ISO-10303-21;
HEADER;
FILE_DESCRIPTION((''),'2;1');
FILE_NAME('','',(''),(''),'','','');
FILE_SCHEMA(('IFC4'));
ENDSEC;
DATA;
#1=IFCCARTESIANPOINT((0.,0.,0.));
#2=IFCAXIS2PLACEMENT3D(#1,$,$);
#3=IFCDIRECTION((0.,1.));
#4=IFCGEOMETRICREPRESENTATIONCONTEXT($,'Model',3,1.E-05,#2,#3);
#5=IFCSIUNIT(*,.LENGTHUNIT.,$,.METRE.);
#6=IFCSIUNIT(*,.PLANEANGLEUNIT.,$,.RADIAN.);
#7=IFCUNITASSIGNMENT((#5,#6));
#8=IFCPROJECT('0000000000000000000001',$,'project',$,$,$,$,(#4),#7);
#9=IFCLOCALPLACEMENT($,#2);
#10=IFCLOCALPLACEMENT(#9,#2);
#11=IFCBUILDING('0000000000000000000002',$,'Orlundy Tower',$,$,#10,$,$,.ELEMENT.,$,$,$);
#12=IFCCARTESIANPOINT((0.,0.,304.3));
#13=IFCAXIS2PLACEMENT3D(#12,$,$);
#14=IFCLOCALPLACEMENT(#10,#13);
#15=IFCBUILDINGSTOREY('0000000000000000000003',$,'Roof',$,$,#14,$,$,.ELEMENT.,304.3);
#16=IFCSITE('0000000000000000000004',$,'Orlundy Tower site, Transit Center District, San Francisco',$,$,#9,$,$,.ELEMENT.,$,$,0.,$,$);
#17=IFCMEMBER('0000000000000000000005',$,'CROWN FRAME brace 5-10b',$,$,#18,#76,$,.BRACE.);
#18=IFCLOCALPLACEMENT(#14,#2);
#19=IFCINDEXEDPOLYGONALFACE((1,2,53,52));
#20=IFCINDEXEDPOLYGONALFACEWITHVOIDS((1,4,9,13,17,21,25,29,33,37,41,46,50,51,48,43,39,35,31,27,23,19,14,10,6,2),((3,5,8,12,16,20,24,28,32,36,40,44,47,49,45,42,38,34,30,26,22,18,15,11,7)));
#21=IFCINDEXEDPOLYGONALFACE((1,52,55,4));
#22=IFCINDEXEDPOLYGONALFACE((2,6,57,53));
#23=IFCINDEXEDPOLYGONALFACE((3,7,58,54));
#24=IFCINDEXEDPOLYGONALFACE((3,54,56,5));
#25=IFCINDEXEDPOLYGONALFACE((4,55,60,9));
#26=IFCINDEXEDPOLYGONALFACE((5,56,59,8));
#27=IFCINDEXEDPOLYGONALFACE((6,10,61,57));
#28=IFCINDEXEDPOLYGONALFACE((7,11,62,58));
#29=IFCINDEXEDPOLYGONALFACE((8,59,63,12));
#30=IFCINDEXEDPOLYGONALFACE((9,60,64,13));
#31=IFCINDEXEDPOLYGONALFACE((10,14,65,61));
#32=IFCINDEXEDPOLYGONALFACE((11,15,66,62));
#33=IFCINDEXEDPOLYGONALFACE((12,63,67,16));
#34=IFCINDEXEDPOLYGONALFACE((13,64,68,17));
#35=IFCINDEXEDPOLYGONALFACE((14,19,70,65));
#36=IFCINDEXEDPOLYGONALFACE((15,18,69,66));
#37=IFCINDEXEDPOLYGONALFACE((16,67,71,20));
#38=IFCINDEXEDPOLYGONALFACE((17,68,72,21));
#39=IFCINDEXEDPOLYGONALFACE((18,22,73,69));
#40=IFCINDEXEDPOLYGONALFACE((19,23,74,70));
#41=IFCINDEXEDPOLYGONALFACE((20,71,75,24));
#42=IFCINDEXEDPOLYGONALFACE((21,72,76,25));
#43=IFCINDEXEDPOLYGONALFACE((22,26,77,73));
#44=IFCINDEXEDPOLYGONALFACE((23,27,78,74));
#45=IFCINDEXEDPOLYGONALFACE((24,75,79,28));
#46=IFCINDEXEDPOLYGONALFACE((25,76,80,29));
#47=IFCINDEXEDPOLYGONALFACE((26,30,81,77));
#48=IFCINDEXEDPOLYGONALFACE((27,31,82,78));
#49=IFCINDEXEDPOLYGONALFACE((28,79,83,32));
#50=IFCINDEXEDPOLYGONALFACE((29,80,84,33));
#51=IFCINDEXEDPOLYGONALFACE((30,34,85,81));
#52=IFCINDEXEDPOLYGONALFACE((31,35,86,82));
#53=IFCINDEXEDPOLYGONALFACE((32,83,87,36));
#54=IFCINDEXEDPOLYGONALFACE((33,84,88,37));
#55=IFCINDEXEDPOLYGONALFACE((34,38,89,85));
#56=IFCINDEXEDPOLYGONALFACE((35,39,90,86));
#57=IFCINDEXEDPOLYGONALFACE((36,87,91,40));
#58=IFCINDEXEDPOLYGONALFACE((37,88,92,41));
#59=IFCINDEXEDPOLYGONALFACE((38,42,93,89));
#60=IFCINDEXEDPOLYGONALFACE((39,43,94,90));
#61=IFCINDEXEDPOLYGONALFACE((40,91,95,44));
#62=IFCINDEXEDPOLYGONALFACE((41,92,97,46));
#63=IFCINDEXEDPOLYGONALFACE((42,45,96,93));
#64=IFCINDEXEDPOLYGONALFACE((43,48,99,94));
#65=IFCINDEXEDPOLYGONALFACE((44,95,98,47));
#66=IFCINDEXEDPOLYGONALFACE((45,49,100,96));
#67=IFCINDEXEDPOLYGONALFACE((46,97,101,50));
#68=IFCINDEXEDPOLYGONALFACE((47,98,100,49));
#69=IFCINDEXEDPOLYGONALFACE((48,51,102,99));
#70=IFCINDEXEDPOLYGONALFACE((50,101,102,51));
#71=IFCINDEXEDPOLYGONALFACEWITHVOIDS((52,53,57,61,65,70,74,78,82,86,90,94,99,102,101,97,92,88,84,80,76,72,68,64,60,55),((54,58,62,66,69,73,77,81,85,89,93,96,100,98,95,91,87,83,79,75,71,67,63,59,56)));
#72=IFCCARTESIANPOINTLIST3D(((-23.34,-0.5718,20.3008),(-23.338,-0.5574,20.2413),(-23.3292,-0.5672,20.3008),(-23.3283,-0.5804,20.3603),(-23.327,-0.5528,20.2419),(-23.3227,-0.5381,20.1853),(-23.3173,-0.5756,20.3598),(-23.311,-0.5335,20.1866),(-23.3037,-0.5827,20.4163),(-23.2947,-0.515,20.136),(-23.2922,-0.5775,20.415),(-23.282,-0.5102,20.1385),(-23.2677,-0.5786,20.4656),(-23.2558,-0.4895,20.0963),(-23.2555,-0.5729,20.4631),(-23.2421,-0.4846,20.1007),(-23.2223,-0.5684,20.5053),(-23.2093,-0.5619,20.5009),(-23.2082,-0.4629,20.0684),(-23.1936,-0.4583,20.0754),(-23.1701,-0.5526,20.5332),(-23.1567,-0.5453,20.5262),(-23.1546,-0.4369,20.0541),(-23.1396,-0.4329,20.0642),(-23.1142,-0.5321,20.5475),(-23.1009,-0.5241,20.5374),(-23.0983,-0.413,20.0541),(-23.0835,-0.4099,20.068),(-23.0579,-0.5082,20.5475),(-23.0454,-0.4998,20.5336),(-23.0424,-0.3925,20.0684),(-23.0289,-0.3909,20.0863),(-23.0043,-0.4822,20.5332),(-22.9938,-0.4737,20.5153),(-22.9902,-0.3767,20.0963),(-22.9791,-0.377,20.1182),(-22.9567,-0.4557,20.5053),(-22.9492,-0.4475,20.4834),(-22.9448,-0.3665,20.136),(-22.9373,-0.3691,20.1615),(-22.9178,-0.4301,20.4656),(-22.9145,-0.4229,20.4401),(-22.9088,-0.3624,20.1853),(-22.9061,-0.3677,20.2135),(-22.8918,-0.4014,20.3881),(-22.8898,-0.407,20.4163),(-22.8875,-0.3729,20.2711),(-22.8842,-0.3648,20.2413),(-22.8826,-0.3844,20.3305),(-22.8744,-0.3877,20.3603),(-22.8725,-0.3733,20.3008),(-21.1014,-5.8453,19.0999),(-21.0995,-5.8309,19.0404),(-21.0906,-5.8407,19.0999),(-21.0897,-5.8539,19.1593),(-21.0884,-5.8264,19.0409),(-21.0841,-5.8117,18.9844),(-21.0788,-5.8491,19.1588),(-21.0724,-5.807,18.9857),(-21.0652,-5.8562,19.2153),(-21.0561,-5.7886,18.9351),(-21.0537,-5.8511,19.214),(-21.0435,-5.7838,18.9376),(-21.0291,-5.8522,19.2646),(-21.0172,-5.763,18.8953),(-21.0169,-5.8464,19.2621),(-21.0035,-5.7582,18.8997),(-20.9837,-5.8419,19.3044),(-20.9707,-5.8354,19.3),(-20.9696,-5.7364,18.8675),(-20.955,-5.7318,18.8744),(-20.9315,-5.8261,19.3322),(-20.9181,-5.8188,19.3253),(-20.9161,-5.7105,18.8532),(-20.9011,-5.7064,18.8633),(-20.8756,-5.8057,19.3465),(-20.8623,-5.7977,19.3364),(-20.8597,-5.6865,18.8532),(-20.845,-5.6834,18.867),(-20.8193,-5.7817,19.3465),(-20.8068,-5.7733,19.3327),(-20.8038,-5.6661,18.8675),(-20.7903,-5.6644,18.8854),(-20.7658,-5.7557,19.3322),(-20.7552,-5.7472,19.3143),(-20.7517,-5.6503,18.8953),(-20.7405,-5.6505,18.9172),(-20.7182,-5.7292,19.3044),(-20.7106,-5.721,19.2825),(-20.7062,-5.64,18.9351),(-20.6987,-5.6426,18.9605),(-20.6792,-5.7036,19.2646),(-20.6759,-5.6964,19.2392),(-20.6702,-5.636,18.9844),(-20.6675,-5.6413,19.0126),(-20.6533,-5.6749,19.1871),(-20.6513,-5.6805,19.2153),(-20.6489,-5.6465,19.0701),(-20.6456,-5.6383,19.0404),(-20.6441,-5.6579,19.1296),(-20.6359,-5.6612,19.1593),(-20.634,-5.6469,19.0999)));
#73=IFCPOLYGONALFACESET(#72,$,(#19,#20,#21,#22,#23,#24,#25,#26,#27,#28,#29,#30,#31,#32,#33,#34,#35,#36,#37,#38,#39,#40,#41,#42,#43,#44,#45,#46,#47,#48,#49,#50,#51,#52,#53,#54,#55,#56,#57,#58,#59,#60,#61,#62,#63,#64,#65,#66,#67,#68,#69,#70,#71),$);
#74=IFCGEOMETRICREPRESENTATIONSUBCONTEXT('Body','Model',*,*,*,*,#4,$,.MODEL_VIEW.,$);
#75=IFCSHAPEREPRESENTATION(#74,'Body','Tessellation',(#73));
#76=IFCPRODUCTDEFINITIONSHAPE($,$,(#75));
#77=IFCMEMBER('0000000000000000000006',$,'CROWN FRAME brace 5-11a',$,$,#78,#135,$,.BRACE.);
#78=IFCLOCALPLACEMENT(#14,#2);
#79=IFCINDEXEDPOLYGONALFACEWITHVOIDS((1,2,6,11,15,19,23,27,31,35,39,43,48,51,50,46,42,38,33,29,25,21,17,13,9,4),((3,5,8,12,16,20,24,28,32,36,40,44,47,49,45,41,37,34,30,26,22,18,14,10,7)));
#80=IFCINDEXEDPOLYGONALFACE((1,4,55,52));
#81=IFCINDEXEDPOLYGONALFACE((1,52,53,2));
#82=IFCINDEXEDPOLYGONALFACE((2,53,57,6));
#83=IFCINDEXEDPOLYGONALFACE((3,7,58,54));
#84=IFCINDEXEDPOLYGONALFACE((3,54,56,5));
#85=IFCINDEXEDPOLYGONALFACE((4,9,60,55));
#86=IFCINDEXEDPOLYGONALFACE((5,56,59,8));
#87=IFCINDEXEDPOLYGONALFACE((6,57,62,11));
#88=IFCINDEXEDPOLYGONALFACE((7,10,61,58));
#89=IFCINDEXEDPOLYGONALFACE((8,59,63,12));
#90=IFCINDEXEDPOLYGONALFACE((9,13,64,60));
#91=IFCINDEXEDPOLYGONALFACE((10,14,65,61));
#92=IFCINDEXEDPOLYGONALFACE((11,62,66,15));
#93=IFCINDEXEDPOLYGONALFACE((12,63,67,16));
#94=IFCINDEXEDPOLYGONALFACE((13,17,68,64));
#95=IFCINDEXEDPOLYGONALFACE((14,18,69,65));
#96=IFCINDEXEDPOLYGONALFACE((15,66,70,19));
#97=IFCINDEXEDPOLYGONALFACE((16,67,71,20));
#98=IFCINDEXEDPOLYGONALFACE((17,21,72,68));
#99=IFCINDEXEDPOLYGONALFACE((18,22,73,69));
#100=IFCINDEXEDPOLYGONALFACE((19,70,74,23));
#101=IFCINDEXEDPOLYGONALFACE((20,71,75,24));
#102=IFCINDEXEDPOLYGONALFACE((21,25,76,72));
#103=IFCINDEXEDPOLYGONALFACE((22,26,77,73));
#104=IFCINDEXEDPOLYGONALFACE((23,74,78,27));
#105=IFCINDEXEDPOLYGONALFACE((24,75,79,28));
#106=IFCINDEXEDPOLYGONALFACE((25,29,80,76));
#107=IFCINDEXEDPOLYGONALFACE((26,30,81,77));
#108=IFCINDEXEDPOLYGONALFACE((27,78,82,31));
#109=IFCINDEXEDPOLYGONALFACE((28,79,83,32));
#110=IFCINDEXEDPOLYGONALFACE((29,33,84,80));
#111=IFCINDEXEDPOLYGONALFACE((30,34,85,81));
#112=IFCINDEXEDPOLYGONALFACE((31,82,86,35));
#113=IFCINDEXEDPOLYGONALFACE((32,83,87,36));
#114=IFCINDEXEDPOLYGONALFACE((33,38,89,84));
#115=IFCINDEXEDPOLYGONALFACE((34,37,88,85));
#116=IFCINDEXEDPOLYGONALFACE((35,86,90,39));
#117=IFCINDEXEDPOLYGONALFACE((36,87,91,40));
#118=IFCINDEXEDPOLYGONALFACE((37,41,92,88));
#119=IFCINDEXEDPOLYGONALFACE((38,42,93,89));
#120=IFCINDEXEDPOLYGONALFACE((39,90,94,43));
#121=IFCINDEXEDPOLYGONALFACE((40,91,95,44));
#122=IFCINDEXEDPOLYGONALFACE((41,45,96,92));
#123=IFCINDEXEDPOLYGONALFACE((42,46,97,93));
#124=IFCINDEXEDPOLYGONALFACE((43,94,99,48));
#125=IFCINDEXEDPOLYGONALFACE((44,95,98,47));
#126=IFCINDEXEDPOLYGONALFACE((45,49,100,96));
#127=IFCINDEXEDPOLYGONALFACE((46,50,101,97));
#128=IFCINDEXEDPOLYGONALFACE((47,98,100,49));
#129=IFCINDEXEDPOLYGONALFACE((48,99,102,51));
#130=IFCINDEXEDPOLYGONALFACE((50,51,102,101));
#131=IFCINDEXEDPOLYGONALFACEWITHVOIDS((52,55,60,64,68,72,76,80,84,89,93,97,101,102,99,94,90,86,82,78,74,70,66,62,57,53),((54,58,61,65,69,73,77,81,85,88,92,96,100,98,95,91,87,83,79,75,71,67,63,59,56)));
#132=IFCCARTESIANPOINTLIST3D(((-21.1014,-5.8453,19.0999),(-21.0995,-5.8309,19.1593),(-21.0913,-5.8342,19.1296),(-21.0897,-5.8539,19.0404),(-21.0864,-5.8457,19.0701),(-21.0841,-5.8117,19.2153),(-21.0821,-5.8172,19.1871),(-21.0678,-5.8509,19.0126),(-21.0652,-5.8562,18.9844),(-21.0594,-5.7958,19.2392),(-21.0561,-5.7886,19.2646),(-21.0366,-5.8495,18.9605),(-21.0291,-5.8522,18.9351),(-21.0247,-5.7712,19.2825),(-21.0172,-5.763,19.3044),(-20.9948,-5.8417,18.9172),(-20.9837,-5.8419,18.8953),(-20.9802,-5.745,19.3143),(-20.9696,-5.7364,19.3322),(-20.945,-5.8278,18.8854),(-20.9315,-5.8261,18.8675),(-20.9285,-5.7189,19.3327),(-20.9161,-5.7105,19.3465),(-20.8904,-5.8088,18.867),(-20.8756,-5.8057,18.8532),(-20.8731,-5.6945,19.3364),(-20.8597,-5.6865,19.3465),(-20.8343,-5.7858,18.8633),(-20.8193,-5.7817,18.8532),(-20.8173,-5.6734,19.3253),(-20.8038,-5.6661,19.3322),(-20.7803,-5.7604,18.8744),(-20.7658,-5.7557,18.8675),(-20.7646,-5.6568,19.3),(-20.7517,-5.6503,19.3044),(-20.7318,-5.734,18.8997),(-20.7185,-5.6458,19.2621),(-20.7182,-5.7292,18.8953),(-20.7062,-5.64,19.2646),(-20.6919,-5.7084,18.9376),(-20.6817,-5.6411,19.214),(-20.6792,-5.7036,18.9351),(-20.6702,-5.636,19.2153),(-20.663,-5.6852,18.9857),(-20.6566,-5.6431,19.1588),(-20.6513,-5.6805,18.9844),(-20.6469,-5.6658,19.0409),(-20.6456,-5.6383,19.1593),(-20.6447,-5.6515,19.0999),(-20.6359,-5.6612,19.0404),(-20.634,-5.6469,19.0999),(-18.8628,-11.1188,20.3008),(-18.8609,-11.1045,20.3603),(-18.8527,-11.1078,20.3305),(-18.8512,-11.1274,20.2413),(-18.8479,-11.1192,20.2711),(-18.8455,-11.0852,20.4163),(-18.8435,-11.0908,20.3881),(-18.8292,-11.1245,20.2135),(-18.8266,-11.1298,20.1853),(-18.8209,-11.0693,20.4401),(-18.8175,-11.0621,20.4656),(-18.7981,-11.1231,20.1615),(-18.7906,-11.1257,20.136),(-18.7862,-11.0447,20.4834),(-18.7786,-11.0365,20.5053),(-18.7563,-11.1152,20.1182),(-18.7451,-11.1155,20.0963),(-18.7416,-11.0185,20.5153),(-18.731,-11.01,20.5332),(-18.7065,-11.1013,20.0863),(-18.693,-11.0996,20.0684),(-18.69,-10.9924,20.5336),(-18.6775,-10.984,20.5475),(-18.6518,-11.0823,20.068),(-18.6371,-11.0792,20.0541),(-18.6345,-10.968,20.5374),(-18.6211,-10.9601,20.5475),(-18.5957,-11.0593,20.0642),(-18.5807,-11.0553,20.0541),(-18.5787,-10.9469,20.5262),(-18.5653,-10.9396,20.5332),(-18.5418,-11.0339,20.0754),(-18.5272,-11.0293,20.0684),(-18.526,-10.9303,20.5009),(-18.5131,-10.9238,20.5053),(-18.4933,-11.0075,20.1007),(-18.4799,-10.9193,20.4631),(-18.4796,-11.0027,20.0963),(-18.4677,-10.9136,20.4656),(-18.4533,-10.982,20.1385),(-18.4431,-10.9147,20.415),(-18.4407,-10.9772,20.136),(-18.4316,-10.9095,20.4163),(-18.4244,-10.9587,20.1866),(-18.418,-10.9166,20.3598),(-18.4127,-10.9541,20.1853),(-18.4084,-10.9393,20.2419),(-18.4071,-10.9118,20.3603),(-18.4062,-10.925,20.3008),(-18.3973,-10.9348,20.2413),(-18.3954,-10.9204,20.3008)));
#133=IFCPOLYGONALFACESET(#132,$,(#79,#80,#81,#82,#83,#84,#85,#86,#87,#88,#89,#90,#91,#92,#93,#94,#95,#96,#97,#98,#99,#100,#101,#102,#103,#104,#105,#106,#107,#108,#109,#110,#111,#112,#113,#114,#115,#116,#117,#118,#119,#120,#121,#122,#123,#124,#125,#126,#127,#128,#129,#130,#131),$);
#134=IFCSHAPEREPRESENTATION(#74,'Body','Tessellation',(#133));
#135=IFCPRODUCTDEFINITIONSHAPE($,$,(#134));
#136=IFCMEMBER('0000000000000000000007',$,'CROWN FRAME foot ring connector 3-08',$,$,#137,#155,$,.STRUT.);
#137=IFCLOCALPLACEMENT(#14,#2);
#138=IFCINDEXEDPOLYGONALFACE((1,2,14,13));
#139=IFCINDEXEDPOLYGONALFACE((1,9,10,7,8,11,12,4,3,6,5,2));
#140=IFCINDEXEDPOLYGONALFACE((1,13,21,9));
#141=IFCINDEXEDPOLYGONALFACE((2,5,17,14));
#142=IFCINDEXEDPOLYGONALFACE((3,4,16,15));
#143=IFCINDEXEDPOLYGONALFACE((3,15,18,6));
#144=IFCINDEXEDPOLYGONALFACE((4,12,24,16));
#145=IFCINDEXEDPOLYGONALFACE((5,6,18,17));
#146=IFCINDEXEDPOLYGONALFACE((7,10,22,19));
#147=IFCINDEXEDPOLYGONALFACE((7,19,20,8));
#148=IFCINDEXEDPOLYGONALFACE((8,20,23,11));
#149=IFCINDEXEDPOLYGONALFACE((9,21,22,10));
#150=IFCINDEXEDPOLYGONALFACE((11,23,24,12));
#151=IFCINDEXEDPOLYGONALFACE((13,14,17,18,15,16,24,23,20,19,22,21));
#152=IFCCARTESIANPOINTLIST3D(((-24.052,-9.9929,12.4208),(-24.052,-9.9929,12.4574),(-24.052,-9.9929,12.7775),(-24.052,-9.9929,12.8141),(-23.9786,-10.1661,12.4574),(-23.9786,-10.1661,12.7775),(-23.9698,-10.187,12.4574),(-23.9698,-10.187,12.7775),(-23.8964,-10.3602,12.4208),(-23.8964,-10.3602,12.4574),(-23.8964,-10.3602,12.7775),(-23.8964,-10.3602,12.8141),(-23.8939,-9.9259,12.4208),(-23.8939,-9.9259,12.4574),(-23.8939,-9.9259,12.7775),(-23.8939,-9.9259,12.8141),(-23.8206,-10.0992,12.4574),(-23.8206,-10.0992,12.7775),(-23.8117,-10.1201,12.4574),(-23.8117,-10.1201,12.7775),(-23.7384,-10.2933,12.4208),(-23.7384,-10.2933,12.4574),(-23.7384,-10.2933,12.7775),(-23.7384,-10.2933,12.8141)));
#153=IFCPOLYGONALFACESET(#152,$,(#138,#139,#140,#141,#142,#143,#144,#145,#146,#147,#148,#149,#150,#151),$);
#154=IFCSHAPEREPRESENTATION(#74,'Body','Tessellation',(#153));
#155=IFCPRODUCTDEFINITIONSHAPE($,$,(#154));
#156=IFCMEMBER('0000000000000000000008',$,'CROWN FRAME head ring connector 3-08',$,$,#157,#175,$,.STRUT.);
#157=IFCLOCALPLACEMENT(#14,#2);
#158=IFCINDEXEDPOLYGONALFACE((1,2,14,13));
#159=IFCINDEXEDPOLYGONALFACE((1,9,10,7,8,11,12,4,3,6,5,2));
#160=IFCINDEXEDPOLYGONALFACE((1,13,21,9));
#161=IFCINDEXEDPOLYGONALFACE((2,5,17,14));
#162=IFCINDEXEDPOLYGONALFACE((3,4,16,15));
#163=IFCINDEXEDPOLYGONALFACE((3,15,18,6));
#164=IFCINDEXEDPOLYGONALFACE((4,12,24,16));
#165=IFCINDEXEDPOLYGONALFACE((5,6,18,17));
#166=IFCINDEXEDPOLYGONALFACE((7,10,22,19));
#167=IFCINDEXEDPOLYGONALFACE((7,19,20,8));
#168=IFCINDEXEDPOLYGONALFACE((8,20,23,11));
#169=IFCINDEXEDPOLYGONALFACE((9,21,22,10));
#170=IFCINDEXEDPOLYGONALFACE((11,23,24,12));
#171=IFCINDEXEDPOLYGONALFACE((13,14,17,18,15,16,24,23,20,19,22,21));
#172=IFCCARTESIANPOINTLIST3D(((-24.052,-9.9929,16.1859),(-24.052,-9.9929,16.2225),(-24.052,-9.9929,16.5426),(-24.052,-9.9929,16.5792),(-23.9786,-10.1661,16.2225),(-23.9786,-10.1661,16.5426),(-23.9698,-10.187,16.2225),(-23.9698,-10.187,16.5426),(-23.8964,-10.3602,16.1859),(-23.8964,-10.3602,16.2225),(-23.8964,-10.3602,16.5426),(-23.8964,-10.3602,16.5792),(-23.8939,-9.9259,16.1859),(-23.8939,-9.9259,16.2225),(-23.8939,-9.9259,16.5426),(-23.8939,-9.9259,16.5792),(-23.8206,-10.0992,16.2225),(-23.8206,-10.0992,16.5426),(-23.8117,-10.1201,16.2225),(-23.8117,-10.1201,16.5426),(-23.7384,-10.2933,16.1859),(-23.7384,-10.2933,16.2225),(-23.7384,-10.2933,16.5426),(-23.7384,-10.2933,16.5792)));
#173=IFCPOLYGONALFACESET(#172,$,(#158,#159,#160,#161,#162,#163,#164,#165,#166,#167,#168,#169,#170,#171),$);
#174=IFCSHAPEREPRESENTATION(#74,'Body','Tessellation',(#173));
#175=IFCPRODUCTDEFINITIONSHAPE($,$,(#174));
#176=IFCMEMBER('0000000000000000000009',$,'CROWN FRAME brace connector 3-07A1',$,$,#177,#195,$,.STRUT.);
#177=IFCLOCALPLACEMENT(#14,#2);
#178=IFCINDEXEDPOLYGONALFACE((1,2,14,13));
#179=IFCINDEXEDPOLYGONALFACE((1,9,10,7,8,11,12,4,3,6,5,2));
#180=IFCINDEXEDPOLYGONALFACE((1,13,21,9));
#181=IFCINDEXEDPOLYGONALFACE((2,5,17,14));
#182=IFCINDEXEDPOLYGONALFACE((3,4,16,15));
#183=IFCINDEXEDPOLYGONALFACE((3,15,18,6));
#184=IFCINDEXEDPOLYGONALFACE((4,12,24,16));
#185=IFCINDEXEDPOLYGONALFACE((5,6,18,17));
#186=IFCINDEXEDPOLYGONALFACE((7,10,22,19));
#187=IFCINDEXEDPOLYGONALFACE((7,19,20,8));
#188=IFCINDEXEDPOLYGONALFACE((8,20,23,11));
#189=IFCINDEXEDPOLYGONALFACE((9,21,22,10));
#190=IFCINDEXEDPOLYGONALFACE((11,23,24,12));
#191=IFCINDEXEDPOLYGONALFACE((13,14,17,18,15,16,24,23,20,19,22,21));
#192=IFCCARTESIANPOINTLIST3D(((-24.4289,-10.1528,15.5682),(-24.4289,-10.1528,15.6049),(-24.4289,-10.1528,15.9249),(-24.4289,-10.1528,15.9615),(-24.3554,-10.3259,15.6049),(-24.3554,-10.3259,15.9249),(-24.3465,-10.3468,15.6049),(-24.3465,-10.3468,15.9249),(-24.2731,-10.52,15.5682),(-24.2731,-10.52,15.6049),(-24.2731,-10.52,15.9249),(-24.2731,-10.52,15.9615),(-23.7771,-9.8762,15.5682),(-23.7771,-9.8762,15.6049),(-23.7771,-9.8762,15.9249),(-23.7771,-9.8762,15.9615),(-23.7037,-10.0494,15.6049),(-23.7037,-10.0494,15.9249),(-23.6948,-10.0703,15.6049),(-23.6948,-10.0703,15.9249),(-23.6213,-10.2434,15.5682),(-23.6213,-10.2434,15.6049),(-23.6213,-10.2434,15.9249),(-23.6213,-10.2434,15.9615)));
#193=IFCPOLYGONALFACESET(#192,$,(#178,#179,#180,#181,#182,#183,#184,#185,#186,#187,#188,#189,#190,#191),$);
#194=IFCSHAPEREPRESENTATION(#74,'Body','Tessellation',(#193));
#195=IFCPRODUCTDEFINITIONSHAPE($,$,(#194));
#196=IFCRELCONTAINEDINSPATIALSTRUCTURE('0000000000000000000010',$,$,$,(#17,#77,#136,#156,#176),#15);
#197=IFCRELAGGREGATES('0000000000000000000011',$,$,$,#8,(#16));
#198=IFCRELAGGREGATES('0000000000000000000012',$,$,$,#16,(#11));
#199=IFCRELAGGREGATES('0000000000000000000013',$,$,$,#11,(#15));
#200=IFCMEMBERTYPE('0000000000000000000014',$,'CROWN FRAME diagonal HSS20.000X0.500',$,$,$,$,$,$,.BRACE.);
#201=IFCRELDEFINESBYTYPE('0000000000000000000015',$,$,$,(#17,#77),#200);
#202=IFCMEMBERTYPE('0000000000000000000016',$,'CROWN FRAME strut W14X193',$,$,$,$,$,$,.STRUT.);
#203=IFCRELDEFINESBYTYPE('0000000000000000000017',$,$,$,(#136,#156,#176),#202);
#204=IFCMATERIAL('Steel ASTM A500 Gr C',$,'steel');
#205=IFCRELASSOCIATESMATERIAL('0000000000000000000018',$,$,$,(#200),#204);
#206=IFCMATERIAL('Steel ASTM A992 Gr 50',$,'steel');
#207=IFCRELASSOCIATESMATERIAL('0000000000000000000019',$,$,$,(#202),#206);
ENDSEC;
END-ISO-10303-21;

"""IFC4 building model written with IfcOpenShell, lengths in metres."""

from ifc_helpers import new_model, si_unit, direction, frame, origin, origin_2d, place, context, subcontext, project, spatial, hollow_circle, i_section, extrude, material, material_profile, profile_set, type_object, element, save


model = new_model("IFC4")

# Units and contexts
model_context = context("Model", 3, precision=1e-05, world=origin(), true_north=direction((0.0, 1.0)))
body_context = subcontext(model_context, "Body", "Model", "MODEL_VIEW")
ifc_project = project(units=[si_unit("LENGTHUNIT", "METRE"), si_unit("PLANEANGLEUNIT", "RADIAN")], contexts=[model_context])

# Site, building, storey
site_placement = place(None, origin())
site = spatial("IfcSite", under=ifc_project, at=site_placement, Name="Orlundy Tower site, Transit Center District, San Francisco", CompositionType="ELEMENT", RefElevation=0.0)
building_placement = place(site_placement, origin())
building = spatial("IfcBuilding", under=site, at=building_placement, Name="Orlundy Tower", CompositionType="ELEMENT")
storey_placement = place(building_placement, frame((0.0, 0.0, 304.3)))
storey = spatial("IfcBuildingStorey", under=building, at=storey_placement, Name="Roof", CompositionType="ELEMENT", Elevation=304.3)

# Members
ifc_material_1 = material(Name="Steel ASTM A500 Gr C", Category="steel")
ifc_material_profile_1 = material_profile(ifc_material_1, hollow_circle(Radius=0.2539, WallThickness=0.0117, at=origin_2d()), Name="HSS20.000X0.500")
ifc_profile_set_1 = profile_set([ifc_material_profile_1], Name="Steel ASTM A500 Gr C")
member_type_1 = type_object("IfcMemberType", Name="CROWN FRAME diagonal HSS20.000X0.500", PredefinedType="BRACE", material=ifc_profile_set_1)
for number, where, z_axis, x_axis, name in (
    (1, (-20.8677, -5.7461, 19.0999), (-0.382431, 0.900918, 0.205167), (-0.9205, -0.390744, 0.0), "CROWN FRAME brace 5-10b"),
    (2, (-20.8677, -5.7461, 19.0999), (0.382431, -0.900918, 0.205167), (0.9205, 0.390744, 0.0), "CROWN FRAME brace 5-11a"),
):
    element("IfcMember", number, at=place(storey_placement, frame(where, z_axis=z_axis, x_axis=x_axis)), inside=storey, type_object=member_type_1, Name=name, PredefinedType="BRACE", context=body_context, shape_type="SweptSolid", body=[
        extrude(hollow_circle(Radius=0.2539, WallThickness=0.0117, at=origin_2d()), origin(), (0.0, 0.0, 1.0), 5.8535),
    ])
ifc_material_2 = material(Name="Steel ASTM A992 Gr 50", Category="steel")
ifc_material_profile_2 = material_profile(ifc_material_2, i_section(OverallWidth=0.3989, OverallDepth=0.3933, WebThickness=0.0227, FlangeThickness=0.0366, at=origin_2d()), Name="W14X193")
ifc_profile_set_2 = profile_set([ifc_material_profile_2], Name="Steel ASTM A992 Gr 50")
member_type_2 = type_object("IfcMemberType", Name="CROWN FRAME strut W14X193", PredefinedType="STRUT", material=ifc_profile_set_2)
for number, where, z_axis, x_axis, name in (
    (3, (-23.8162, -10.1096, 12.6174), (-0.92083, -0.389965, 0.0), (0.389965, -0.92083, 0.0), "CROWN FRAME foot ring connector 3-08"),
    (4, (-23.8162, -10.1096, 16.3826), (-0.92083, -0.389965, 0.0), (0.389965, -0.92083, 0.0), "CROWN FRAME head ring connector 3-08"),
):
    element("IfcMember", number, at=place(storey_placement, frame(where, z_axis=z_axis, x_axis=x_axis)), inside=storey, type_object=member_type_2, Name=name, PredefinedType="STRUT", context=body_context, shape_type="SweptSolid", body=[
        extrude(i_section(OverallWidth=0.3989, OverallDepth=0.3933, WebThickness=0.0227, FlangeThickness=0.0366, at=origin_2d()), origin(), (0.0, 0.0, 1.0), 0.1716),
    ])
for number, where, z_axis, x_axis, name in (
    (5, (-23.6992, -10.0598, 15.7649), (-0.920548, -0.39063, 0.0), (0.39063, -0.920548, 0.0), "CROWN FRAME brace connector 3-07A1"),
):
    element("IfcMember", number, at=place(storey_placement, frame(where, z_axis=z_axis, x_axis=x_axis)), inside=storey, type_object=member_type_2, Name=name, PredefinedType="STRUT", context=body_context, shape_type="SweptSolid", body=[
        extrude(i_section(OverallWidth=0.3989, OverallDepth=0.3933, WebThickness=0.0227, FlangeThickness=0.0366, at=origin_2d()), origin(), (0.0, 0.0, 1.0), 0.708),
    ])

save(model, "model.ifc")
